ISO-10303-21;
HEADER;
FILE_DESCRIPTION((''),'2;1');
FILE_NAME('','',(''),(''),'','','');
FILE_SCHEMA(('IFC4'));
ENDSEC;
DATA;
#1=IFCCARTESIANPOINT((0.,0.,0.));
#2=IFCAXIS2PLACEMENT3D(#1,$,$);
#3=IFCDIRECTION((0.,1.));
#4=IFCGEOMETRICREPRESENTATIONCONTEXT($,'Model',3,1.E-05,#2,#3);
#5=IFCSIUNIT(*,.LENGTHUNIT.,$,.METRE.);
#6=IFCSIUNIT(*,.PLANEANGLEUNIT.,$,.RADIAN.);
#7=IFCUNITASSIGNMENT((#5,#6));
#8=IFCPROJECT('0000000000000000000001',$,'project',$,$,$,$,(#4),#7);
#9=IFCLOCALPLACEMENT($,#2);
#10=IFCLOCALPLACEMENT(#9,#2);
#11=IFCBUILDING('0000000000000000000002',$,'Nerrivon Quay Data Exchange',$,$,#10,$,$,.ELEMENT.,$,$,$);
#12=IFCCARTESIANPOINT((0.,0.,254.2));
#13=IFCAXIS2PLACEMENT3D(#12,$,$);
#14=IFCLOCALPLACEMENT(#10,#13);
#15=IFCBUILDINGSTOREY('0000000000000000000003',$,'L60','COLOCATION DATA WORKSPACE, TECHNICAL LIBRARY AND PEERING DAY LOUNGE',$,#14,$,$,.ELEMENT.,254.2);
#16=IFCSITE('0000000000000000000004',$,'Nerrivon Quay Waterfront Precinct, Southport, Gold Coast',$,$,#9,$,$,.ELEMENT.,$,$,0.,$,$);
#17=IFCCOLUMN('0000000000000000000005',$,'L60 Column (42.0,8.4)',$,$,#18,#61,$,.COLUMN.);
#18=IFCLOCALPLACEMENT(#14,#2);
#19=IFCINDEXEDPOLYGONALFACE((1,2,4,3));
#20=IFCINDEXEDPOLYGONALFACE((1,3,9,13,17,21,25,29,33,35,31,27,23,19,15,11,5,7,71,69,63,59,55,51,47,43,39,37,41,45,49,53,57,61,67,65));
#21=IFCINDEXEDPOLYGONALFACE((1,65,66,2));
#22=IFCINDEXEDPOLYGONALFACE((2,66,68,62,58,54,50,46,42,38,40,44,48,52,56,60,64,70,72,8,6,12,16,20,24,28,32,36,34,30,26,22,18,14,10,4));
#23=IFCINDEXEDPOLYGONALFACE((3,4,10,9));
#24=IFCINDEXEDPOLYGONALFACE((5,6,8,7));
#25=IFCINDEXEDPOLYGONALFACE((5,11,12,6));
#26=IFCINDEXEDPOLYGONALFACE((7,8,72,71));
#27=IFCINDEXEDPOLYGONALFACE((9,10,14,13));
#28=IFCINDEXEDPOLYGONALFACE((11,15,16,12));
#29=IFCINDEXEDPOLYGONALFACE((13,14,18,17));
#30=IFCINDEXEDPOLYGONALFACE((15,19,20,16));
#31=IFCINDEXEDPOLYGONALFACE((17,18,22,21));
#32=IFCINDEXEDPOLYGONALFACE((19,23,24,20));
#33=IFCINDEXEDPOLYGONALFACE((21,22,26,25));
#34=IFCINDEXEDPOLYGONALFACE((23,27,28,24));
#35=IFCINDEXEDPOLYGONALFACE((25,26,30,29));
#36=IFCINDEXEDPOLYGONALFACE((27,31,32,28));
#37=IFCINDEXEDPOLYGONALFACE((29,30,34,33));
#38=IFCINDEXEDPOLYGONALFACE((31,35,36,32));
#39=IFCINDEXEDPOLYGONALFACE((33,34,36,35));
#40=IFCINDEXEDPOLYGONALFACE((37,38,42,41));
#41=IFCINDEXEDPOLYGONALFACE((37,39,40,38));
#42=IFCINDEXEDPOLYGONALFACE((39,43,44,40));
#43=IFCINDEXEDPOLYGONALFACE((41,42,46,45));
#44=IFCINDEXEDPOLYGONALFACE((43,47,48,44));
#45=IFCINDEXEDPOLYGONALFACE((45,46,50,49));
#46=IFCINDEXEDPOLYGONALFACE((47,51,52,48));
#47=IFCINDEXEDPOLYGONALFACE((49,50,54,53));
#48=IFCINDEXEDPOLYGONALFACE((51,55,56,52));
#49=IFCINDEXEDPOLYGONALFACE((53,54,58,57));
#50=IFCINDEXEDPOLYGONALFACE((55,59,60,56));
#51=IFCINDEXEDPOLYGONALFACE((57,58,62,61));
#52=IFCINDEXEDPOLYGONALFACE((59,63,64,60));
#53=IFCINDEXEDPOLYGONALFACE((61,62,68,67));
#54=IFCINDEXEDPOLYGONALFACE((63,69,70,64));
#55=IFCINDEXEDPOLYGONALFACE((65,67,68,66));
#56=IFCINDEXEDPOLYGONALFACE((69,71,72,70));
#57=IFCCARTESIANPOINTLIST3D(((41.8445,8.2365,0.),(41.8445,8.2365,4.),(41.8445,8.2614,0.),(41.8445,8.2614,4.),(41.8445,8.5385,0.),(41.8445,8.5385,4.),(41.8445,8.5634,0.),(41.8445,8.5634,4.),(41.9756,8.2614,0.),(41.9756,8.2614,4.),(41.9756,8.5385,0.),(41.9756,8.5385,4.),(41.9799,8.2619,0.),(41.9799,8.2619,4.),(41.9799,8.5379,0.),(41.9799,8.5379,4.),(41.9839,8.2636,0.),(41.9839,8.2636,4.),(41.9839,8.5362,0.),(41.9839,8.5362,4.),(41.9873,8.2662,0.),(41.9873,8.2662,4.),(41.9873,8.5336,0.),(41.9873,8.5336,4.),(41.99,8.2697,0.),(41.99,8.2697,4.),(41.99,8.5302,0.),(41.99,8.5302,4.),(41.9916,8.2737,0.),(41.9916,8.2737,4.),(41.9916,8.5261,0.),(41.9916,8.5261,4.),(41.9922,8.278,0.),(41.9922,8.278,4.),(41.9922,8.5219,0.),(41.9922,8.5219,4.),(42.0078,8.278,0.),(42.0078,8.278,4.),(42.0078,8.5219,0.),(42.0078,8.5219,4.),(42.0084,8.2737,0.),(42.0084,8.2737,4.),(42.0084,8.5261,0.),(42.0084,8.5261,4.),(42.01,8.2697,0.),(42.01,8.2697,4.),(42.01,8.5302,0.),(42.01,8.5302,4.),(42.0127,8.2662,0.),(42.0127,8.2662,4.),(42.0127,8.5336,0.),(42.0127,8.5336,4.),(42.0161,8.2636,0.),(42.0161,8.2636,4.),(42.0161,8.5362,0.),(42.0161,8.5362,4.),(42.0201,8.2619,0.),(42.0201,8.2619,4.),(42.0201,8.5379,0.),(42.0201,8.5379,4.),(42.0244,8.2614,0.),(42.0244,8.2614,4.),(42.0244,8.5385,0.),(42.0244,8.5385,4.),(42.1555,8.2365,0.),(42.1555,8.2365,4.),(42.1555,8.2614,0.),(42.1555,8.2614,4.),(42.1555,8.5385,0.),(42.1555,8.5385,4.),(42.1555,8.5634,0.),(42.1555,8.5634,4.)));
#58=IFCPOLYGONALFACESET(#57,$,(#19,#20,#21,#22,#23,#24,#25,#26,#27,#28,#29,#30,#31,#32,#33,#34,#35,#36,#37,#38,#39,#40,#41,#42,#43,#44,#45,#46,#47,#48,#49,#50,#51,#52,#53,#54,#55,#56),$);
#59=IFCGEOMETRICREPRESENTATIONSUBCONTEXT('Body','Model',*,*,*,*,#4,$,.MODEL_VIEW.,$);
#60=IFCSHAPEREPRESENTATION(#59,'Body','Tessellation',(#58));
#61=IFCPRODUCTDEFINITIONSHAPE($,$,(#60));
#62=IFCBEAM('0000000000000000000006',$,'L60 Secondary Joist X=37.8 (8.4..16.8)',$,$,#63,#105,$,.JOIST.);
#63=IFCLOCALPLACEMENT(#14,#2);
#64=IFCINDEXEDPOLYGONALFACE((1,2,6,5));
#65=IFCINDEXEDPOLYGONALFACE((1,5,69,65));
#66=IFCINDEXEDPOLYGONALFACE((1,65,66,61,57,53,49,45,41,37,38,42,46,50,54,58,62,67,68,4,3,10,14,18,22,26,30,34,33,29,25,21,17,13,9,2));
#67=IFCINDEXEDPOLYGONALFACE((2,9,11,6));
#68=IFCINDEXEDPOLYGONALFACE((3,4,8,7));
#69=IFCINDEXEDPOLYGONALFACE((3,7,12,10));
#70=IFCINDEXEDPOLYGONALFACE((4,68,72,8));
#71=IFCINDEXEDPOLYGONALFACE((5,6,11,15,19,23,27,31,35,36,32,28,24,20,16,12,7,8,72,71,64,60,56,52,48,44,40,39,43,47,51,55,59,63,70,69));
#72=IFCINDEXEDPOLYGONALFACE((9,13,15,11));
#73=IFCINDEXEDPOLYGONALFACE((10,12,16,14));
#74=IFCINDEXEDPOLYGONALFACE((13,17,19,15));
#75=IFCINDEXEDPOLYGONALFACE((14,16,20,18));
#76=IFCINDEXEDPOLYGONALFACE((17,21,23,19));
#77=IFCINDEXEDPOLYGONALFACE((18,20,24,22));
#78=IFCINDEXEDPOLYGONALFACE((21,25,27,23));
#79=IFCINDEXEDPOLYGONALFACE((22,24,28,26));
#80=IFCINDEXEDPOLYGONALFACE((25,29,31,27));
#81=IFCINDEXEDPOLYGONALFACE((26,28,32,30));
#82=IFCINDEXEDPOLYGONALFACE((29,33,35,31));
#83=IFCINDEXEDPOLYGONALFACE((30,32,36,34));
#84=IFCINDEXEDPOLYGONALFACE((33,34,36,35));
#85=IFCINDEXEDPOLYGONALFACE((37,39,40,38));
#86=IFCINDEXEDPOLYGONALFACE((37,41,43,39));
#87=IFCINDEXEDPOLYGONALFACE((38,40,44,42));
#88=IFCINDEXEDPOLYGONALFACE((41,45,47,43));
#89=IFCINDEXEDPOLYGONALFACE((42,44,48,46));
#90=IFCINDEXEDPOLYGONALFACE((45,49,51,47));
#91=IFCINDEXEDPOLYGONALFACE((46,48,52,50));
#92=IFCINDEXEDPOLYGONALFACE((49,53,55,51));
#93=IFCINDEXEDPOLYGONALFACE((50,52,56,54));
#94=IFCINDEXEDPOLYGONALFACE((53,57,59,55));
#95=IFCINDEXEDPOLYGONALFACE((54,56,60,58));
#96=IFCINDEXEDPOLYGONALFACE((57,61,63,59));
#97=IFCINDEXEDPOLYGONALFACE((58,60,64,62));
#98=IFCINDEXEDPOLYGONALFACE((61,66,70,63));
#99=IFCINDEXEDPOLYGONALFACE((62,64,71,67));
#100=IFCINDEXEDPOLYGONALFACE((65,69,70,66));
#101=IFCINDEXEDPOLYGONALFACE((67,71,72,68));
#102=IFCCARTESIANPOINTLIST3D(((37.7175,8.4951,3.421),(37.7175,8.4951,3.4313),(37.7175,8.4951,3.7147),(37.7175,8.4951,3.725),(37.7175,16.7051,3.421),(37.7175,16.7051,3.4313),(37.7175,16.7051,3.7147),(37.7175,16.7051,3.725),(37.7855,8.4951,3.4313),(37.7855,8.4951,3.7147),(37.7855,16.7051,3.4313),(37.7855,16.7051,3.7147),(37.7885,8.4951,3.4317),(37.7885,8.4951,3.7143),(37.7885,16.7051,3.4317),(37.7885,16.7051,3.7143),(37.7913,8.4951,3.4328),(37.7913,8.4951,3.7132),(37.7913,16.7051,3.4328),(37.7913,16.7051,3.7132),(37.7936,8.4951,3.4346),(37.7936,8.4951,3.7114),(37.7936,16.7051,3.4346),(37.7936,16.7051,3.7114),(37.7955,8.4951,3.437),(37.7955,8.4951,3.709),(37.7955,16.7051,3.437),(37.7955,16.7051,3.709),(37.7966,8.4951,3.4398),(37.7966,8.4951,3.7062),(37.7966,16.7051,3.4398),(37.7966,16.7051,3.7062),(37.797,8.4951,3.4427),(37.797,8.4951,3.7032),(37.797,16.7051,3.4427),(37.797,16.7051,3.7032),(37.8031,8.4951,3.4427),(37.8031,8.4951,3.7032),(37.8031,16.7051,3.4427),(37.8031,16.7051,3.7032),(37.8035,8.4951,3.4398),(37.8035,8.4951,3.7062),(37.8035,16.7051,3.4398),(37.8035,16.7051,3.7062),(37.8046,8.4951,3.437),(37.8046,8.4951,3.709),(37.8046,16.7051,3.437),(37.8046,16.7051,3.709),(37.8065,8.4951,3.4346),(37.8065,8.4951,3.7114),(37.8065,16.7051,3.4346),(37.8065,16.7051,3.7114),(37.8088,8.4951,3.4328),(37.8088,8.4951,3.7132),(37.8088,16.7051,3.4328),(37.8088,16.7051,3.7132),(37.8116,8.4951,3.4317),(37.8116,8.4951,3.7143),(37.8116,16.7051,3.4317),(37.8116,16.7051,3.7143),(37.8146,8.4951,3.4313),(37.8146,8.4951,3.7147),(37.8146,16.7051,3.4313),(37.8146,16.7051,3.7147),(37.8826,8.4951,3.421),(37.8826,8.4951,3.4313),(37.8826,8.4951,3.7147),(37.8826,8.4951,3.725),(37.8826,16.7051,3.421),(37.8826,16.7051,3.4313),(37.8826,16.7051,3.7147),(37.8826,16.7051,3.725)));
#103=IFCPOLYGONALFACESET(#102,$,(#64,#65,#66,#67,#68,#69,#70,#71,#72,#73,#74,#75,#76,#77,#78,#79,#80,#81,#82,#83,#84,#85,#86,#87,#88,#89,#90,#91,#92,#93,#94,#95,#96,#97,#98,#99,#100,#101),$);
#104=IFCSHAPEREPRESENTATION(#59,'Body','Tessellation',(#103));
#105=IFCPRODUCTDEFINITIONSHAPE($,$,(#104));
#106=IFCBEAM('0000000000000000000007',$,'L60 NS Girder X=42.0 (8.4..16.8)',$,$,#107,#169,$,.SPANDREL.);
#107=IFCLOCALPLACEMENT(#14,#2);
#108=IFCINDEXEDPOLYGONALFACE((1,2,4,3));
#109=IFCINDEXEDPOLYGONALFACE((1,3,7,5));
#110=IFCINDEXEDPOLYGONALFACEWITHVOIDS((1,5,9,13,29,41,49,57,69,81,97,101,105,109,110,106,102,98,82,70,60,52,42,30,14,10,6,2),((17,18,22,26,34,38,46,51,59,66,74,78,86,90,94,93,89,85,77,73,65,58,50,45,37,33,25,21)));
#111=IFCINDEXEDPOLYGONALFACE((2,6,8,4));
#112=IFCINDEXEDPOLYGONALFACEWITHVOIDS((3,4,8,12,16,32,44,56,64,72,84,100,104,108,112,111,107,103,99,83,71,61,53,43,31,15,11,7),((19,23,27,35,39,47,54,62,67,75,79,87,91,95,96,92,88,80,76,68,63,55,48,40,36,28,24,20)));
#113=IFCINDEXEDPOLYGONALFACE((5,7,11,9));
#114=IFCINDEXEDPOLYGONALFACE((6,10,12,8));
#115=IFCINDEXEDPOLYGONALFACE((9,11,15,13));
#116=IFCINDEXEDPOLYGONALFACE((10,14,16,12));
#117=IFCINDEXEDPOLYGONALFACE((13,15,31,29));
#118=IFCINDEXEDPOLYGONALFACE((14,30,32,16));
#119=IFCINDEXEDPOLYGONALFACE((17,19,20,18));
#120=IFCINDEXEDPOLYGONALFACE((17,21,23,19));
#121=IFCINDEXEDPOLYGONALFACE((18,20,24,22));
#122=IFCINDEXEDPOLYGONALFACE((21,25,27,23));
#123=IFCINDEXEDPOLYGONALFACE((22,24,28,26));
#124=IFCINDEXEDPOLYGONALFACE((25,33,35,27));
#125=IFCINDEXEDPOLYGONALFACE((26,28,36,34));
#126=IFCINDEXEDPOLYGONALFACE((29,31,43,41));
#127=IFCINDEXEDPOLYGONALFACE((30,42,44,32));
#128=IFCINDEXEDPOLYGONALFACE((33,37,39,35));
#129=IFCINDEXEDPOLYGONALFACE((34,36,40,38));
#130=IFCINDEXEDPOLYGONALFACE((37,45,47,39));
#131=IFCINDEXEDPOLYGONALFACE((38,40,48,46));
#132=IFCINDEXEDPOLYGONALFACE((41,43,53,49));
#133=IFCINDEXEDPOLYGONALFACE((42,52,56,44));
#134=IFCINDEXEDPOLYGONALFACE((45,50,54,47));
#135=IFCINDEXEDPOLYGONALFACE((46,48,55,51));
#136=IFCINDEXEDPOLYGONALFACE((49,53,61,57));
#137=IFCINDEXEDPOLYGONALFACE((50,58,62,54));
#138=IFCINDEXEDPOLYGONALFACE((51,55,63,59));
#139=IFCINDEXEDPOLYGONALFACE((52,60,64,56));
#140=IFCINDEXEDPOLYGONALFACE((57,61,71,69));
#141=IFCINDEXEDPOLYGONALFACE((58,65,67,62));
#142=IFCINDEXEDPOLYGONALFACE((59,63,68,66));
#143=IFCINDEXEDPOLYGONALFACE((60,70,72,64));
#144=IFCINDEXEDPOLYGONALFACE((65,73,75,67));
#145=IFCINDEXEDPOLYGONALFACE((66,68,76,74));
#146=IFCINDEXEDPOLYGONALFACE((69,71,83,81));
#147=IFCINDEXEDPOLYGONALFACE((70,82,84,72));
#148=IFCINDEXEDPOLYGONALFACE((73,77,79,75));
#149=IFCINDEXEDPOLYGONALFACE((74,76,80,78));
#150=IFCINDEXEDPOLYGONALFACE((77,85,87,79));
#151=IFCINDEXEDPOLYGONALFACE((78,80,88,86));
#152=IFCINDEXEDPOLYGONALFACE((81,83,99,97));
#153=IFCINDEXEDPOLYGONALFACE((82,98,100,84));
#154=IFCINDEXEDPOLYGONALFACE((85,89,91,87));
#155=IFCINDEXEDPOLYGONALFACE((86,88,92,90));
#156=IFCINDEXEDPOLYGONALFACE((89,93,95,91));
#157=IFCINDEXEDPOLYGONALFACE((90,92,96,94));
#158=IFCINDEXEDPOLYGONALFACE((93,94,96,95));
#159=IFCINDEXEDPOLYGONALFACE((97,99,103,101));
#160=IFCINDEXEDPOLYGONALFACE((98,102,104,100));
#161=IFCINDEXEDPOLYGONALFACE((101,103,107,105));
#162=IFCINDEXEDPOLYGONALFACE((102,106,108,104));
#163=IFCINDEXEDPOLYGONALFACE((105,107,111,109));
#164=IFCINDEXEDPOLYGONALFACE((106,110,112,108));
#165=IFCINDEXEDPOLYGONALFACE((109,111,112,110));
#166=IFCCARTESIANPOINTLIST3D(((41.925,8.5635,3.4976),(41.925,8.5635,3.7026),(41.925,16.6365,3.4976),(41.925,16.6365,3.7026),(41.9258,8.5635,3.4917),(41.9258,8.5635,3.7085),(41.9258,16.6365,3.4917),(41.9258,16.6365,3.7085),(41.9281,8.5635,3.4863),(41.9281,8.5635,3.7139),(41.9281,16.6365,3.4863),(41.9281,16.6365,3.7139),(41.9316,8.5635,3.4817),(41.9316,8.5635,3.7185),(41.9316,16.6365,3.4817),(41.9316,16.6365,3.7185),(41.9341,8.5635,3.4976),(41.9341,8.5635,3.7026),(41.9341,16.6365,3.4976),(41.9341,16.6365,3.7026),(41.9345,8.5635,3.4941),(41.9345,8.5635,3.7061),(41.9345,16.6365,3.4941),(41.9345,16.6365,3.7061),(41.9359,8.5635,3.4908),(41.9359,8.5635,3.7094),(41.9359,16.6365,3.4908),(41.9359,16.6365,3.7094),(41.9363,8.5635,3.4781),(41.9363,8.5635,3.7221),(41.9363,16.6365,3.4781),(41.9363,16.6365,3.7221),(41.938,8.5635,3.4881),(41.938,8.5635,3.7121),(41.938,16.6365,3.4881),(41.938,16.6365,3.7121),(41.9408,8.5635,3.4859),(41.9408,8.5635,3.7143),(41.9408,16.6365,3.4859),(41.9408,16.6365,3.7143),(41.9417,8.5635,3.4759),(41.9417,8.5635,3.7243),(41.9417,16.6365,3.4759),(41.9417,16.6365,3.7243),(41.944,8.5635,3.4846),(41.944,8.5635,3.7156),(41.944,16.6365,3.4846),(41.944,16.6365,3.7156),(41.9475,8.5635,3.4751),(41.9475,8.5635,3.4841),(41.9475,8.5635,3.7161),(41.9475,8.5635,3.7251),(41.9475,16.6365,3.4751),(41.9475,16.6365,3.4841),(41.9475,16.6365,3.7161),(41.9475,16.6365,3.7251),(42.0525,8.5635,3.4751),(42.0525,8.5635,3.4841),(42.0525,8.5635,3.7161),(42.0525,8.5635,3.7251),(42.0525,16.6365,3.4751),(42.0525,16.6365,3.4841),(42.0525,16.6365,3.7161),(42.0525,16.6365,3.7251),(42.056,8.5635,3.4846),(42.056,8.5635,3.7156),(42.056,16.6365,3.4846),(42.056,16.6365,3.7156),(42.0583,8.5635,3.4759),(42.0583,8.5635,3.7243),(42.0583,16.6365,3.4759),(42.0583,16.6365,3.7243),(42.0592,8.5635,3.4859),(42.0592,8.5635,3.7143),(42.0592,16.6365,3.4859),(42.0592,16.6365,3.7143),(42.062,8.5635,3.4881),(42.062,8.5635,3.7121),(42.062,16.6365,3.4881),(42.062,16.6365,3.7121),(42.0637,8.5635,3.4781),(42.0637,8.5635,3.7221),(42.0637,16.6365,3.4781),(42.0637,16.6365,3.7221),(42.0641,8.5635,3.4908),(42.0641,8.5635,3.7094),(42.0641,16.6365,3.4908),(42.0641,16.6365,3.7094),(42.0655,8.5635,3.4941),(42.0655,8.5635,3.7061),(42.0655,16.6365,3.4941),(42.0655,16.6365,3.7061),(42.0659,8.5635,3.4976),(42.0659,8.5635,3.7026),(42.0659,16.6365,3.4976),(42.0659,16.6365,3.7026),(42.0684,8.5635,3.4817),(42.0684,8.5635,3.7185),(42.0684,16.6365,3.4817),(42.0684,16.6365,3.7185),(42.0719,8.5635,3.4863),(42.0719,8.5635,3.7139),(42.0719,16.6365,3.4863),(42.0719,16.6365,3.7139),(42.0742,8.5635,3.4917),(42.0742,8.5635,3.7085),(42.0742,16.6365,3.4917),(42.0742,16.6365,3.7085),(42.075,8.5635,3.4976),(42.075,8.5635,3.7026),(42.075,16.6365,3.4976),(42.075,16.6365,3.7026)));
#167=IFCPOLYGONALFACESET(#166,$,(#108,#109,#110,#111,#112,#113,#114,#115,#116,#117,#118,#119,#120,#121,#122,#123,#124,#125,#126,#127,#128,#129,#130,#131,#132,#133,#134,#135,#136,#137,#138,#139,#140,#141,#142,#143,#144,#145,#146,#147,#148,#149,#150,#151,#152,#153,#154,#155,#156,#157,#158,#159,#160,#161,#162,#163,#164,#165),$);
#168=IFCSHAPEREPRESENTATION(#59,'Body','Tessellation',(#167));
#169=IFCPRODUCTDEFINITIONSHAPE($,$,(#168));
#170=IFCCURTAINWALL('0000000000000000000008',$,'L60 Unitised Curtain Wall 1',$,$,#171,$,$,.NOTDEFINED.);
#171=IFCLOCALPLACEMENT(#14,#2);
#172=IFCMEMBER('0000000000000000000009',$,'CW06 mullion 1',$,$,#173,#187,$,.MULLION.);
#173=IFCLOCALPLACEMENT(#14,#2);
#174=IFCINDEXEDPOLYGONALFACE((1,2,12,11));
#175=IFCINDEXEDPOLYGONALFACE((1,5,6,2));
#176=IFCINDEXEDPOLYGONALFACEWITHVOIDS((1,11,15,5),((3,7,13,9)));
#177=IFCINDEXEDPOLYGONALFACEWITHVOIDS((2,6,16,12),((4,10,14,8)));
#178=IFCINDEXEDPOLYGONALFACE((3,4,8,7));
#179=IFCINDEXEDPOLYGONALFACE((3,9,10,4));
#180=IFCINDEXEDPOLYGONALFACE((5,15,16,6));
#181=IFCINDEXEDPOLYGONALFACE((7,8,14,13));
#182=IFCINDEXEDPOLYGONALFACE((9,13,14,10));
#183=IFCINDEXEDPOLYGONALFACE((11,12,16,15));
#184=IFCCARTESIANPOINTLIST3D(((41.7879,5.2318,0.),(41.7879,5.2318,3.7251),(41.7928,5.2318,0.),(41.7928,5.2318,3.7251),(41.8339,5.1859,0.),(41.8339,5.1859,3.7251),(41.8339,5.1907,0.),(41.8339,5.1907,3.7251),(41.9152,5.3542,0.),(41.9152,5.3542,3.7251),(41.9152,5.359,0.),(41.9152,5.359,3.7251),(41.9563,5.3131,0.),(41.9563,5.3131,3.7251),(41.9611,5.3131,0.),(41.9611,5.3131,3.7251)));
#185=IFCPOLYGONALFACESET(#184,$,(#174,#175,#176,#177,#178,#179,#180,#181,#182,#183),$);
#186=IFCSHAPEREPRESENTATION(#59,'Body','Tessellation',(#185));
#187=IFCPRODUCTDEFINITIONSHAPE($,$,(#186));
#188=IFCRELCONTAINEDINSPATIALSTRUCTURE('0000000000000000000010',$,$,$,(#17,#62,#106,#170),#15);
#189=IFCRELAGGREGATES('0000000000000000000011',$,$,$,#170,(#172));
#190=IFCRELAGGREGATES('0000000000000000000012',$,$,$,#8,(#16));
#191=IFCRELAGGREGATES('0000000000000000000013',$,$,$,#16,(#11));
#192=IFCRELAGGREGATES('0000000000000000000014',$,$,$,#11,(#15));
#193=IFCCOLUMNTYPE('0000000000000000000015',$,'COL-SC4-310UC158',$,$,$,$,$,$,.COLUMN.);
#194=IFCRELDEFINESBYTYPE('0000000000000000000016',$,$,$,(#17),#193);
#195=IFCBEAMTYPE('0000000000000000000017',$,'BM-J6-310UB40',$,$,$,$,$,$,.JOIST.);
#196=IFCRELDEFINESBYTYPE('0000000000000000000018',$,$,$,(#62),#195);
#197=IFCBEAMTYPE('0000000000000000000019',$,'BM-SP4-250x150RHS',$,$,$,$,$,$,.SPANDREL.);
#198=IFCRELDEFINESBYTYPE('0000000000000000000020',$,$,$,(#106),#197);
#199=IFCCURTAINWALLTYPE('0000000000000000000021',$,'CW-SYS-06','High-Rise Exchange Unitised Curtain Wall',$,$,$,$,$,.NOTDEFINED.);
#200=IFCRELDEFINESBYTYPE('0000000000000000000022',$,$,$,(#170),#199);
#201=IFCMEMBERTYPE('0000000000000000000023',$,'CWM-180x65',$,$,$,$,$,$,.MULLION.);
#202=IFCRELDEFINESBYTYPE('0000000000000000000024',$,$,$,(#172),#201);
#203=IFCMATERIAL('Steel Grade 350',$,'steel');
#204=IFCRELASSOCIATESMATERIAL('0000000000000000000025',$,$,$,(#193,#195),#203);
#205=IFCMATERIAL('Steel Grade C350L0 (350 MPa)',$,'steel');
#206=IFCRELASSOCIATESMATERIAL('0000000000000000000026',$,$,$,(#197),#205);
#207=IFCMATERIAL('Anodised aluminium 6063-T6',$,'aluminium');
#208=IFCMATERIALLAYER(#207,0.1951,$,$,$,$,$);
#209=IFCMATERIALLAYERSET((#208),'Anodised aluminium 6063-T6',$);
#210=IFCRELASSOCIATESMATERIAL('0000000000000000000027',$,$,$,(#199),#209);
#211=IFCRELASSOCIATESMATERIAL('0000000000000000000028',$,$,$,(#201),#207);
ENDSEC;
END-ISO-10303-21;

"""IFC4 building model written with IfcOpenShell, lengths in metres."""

from ifc_helpers import new_model, si_unit, direction, frame, origin, origin_2d, place, context, subcontext, project, spatial, hollow_rectangle, i_section, extrude, material, layer, layer_set, material_profile, profile_set, type_object, element, aggregate, save


model = new_model("IFC4")

# Units and contexts
model_context = context("Model", 3, precision=1e-05, world=origin(), true_north=direction((0.0, 1.0)))
body_context = subcontext(model_context, "Body", "Model", "MODEL_VIEW")
ifc_project = project(units=[si_unit("LENGTHUNIT", "METRE"), si_unit("PLANEANGLEUNIT", "RADIAN")], contexts=[model_context])

# Site, building, storey
site_placement = place(None, origin())
site = spatial("IfcSite", under=ifc_project, at=site_placement, Name="Nerrivon Quay Waterfront Precinct, Southport, Gold Coast", CompositionType="ELEMENT", RefElevation=0.0)
building_placement = place(site_placement, origin())
building = spatial("IfcBuilding", under=site, at=building_placement, Name="Nerrivon Quay Data Exchange", CompositionType="ELEMENT")
storey_placement = place(building_placement, frame((0.0, 0.0, 254.2)))
storey = spatial("IfcBuildingStorey", under=building, at=storey_placement, Name="L60", Description="COLOCATION DATA WORKSPACE, TECHNICAL LIBRARY AND PEERING DAY LOUNGE", CompositionType="ELEMENT", Elevation=254.2)

# Column
ifc_material_1 = material(Name="Steel Grade 350", Category="steel")
ifc_material_profile_1 = material_profile(ifc_material_1, i_section(OverallWidth=0.311, OverallDepth=0.3269, WebThickness=0.0156, FlangeThickness=0.0249, FilletRadius=0.0166, at=origin_2d()), Name="310UC158")
ifc_profile_set_1 = profile_set([ifc_material_profile_1], Name="Steel Grade 350")
column_type = type_object("IfcColumnType", Name="COL-SC4-310UC158", PredefinedType="COLUMN", material=ifc_profile_set_1)
column_placement = place(storey_placement, frame((42.0, 8.3999, 0.0), z_axis=(0.0, 0.0, 1.0), x_axis=(1.0, 0.0, 0.0)))
element("IfcColumn", 1, at=column_placement, inside=storey, type_object=column_type, Name="L60 Column (42.0,8.4)", PredefinedType="COLUMN", context=body_context, shape_type="SweptSolid", body=[
    extrude(i_section(OverallWidth=0.311, OverallDepth=0.3269, WebThickness=0.0156, FlangeThickness=0.0249, FilletRadius=0.0166, at=origin_2d()), origin(), (0.0, 0.0, 1.0), 4.0),
])

# Beams
ifc_material_profile_2 = material_profile(ifc_material_1, i_section(OverallWidth=0.165, OverallDepth=0.304, WebThickness=0.0061, FlangeThickness=0.0103, FilletRadius=0.0115, at=origin_2d()), Name="310UB40.4")
ifc_profile_set_2 = profile_set([ifc_material_profile_2], Name="Steel Grade 350")
beam_type_1 = type_object("IfcBeamType", Name="BM-J6-310UB40", PredefinedType="JOIST", material=ifc_profile_set_2)
beam_1_placement = place(storey_placement, frame((37.8, 8.4951, 3.573), z_axis=(0.0, 1.0, 0.0), x_axis=(-1.0, 0.0, 0.0)))
element("IfcBeam", 2, at=beam_1_placement, inside=storey, type_object=beam_type_1, Name="L60 Secondary Joist X=37.8 (8.4..16.8)", PredefinedType="JOIST", context=body_context, shape_type="SweptSolid", body=[
    extrude(i_section(OverallWidth=0.165, OverallDepth=0.304, WebThickness=0.0061, FlangeThickness=0.0103, FilletRadius=0.0115, at=origin_2d()), origin(), (0.0, 0.0, 1.0), 8.21),
])
ifc_material_2 = material(Name="Steel Grade C350L0 (350 MPa)", Category="steel")
ifc_material_profile_3 = material_profile(ifc_material_2, hollow_rectangle(XDim=0.1499, YDim=0.25, WallThickness=0.009, InnerFilletRadius=0.0134, OuterFilletRadius=0.0225, at=origin_2d()), Name="250x150x9.0RHS")
ifc_profile_set_3 = profile_set([ifc_material_profile_3], Name="Steel Grade C350L0 (350 MPa)")
beam_type_2 = type_object("IfcBeamType", Name="BM-SP4-250x150RHS", PredefinedType="SPANDREL", material=ifc_profile_set_3)
beam_2_placement = place(storey_placement, frame((42.0, 8.5635, 3.6001), z_axis=(0.0, 1.0, 0.0), x_axis=(-1.0, 0.0, 0.0)))
element("IfcBeam", 3, at=beam_2_placement, inside=storey, type_object=beam_type_2, Name="L60 NS Girder X=42.0 (8.4..16.8)", PredefinedType="SPANDREL", context=body_context, shape_type="SweptSolid", body=[
    extrude(hollow_rectangle(XDim=0.1499, YDim=0.25, WallThickness=0.009, InnerFilletRadius=0.0134, OuterFilletRadius=0.0225, at=origin_2d()), origin(), (0.0, 0.0, 1.0), 8.073),
])

# Curtain wall, member
ifc_material_3 = material(Name="Anodised aluminium 6063-T6", Category="aluminium")
ifc_layer_1 = layer(ifc_material_3, 0.1951)
ifc_layer_set_1 = layer_set([ifc_layer_1], Name="Anodised aluminium 6063-T6")
curtain_wall_type = type_object("IfcCurtainWallType", Name="CW-SYS-06", Description="High-Rise Exchange Unitised Curtain Wall", PredefinedType="NOTDEFINED", material=ifc_layer_set_1)
curtain_wall_1_placement = place(storey_placement, origin())
curtain_wall_1 = element("IfcCurtainWall", 4, at=curtain_wall_1_placement, inside=storey, type_object=curtain_wall_type, Name="L60 Unitised Curtain Wall 1", PredefinedType="NOTDEFINED")
ifc_material_profile_4 = material_profile(ifc_material_3, hollow_rectangle(XDim=0.0649, YDim=0.1799, WallThickness=0.0034, at=origin_2d()), Name="ALU-MULL-180x65")
ifc_profile_set_4 = profile_set([ifc_material_profile_4], Name="Anodised aluminium 6063-T6")
member_type_1 = type_object("IfcMemberType", Name="CWM-180x65", PredefinedType="MULLION", material=ifc_profile_set_4)
member_1_placement = place(storey_placement, frame((41.8745, 5.2725, 0.0), z_axis=(0.0, 0.0, 1.0), x_axis=(0.707107, -0.707107, 0.0)))
member_1 = element("IfcMember", 5, at=member_1_placement, type_object=member_type_1, Name="CW06 mullion 1", PredefinedType="MULLION", context=body_context, shape_type="SweptSolid", body=[
    extrude(hollow_rectangle(XDim=0.0649, YDim=0.1799, WallThickness=0.0034, at=origin_2d()), origin(), (0.0, 0.0, 1.0), 3.7251),
])

aggregate(curtain_wall_1, [member_1])

save(model, "model.ifc")
